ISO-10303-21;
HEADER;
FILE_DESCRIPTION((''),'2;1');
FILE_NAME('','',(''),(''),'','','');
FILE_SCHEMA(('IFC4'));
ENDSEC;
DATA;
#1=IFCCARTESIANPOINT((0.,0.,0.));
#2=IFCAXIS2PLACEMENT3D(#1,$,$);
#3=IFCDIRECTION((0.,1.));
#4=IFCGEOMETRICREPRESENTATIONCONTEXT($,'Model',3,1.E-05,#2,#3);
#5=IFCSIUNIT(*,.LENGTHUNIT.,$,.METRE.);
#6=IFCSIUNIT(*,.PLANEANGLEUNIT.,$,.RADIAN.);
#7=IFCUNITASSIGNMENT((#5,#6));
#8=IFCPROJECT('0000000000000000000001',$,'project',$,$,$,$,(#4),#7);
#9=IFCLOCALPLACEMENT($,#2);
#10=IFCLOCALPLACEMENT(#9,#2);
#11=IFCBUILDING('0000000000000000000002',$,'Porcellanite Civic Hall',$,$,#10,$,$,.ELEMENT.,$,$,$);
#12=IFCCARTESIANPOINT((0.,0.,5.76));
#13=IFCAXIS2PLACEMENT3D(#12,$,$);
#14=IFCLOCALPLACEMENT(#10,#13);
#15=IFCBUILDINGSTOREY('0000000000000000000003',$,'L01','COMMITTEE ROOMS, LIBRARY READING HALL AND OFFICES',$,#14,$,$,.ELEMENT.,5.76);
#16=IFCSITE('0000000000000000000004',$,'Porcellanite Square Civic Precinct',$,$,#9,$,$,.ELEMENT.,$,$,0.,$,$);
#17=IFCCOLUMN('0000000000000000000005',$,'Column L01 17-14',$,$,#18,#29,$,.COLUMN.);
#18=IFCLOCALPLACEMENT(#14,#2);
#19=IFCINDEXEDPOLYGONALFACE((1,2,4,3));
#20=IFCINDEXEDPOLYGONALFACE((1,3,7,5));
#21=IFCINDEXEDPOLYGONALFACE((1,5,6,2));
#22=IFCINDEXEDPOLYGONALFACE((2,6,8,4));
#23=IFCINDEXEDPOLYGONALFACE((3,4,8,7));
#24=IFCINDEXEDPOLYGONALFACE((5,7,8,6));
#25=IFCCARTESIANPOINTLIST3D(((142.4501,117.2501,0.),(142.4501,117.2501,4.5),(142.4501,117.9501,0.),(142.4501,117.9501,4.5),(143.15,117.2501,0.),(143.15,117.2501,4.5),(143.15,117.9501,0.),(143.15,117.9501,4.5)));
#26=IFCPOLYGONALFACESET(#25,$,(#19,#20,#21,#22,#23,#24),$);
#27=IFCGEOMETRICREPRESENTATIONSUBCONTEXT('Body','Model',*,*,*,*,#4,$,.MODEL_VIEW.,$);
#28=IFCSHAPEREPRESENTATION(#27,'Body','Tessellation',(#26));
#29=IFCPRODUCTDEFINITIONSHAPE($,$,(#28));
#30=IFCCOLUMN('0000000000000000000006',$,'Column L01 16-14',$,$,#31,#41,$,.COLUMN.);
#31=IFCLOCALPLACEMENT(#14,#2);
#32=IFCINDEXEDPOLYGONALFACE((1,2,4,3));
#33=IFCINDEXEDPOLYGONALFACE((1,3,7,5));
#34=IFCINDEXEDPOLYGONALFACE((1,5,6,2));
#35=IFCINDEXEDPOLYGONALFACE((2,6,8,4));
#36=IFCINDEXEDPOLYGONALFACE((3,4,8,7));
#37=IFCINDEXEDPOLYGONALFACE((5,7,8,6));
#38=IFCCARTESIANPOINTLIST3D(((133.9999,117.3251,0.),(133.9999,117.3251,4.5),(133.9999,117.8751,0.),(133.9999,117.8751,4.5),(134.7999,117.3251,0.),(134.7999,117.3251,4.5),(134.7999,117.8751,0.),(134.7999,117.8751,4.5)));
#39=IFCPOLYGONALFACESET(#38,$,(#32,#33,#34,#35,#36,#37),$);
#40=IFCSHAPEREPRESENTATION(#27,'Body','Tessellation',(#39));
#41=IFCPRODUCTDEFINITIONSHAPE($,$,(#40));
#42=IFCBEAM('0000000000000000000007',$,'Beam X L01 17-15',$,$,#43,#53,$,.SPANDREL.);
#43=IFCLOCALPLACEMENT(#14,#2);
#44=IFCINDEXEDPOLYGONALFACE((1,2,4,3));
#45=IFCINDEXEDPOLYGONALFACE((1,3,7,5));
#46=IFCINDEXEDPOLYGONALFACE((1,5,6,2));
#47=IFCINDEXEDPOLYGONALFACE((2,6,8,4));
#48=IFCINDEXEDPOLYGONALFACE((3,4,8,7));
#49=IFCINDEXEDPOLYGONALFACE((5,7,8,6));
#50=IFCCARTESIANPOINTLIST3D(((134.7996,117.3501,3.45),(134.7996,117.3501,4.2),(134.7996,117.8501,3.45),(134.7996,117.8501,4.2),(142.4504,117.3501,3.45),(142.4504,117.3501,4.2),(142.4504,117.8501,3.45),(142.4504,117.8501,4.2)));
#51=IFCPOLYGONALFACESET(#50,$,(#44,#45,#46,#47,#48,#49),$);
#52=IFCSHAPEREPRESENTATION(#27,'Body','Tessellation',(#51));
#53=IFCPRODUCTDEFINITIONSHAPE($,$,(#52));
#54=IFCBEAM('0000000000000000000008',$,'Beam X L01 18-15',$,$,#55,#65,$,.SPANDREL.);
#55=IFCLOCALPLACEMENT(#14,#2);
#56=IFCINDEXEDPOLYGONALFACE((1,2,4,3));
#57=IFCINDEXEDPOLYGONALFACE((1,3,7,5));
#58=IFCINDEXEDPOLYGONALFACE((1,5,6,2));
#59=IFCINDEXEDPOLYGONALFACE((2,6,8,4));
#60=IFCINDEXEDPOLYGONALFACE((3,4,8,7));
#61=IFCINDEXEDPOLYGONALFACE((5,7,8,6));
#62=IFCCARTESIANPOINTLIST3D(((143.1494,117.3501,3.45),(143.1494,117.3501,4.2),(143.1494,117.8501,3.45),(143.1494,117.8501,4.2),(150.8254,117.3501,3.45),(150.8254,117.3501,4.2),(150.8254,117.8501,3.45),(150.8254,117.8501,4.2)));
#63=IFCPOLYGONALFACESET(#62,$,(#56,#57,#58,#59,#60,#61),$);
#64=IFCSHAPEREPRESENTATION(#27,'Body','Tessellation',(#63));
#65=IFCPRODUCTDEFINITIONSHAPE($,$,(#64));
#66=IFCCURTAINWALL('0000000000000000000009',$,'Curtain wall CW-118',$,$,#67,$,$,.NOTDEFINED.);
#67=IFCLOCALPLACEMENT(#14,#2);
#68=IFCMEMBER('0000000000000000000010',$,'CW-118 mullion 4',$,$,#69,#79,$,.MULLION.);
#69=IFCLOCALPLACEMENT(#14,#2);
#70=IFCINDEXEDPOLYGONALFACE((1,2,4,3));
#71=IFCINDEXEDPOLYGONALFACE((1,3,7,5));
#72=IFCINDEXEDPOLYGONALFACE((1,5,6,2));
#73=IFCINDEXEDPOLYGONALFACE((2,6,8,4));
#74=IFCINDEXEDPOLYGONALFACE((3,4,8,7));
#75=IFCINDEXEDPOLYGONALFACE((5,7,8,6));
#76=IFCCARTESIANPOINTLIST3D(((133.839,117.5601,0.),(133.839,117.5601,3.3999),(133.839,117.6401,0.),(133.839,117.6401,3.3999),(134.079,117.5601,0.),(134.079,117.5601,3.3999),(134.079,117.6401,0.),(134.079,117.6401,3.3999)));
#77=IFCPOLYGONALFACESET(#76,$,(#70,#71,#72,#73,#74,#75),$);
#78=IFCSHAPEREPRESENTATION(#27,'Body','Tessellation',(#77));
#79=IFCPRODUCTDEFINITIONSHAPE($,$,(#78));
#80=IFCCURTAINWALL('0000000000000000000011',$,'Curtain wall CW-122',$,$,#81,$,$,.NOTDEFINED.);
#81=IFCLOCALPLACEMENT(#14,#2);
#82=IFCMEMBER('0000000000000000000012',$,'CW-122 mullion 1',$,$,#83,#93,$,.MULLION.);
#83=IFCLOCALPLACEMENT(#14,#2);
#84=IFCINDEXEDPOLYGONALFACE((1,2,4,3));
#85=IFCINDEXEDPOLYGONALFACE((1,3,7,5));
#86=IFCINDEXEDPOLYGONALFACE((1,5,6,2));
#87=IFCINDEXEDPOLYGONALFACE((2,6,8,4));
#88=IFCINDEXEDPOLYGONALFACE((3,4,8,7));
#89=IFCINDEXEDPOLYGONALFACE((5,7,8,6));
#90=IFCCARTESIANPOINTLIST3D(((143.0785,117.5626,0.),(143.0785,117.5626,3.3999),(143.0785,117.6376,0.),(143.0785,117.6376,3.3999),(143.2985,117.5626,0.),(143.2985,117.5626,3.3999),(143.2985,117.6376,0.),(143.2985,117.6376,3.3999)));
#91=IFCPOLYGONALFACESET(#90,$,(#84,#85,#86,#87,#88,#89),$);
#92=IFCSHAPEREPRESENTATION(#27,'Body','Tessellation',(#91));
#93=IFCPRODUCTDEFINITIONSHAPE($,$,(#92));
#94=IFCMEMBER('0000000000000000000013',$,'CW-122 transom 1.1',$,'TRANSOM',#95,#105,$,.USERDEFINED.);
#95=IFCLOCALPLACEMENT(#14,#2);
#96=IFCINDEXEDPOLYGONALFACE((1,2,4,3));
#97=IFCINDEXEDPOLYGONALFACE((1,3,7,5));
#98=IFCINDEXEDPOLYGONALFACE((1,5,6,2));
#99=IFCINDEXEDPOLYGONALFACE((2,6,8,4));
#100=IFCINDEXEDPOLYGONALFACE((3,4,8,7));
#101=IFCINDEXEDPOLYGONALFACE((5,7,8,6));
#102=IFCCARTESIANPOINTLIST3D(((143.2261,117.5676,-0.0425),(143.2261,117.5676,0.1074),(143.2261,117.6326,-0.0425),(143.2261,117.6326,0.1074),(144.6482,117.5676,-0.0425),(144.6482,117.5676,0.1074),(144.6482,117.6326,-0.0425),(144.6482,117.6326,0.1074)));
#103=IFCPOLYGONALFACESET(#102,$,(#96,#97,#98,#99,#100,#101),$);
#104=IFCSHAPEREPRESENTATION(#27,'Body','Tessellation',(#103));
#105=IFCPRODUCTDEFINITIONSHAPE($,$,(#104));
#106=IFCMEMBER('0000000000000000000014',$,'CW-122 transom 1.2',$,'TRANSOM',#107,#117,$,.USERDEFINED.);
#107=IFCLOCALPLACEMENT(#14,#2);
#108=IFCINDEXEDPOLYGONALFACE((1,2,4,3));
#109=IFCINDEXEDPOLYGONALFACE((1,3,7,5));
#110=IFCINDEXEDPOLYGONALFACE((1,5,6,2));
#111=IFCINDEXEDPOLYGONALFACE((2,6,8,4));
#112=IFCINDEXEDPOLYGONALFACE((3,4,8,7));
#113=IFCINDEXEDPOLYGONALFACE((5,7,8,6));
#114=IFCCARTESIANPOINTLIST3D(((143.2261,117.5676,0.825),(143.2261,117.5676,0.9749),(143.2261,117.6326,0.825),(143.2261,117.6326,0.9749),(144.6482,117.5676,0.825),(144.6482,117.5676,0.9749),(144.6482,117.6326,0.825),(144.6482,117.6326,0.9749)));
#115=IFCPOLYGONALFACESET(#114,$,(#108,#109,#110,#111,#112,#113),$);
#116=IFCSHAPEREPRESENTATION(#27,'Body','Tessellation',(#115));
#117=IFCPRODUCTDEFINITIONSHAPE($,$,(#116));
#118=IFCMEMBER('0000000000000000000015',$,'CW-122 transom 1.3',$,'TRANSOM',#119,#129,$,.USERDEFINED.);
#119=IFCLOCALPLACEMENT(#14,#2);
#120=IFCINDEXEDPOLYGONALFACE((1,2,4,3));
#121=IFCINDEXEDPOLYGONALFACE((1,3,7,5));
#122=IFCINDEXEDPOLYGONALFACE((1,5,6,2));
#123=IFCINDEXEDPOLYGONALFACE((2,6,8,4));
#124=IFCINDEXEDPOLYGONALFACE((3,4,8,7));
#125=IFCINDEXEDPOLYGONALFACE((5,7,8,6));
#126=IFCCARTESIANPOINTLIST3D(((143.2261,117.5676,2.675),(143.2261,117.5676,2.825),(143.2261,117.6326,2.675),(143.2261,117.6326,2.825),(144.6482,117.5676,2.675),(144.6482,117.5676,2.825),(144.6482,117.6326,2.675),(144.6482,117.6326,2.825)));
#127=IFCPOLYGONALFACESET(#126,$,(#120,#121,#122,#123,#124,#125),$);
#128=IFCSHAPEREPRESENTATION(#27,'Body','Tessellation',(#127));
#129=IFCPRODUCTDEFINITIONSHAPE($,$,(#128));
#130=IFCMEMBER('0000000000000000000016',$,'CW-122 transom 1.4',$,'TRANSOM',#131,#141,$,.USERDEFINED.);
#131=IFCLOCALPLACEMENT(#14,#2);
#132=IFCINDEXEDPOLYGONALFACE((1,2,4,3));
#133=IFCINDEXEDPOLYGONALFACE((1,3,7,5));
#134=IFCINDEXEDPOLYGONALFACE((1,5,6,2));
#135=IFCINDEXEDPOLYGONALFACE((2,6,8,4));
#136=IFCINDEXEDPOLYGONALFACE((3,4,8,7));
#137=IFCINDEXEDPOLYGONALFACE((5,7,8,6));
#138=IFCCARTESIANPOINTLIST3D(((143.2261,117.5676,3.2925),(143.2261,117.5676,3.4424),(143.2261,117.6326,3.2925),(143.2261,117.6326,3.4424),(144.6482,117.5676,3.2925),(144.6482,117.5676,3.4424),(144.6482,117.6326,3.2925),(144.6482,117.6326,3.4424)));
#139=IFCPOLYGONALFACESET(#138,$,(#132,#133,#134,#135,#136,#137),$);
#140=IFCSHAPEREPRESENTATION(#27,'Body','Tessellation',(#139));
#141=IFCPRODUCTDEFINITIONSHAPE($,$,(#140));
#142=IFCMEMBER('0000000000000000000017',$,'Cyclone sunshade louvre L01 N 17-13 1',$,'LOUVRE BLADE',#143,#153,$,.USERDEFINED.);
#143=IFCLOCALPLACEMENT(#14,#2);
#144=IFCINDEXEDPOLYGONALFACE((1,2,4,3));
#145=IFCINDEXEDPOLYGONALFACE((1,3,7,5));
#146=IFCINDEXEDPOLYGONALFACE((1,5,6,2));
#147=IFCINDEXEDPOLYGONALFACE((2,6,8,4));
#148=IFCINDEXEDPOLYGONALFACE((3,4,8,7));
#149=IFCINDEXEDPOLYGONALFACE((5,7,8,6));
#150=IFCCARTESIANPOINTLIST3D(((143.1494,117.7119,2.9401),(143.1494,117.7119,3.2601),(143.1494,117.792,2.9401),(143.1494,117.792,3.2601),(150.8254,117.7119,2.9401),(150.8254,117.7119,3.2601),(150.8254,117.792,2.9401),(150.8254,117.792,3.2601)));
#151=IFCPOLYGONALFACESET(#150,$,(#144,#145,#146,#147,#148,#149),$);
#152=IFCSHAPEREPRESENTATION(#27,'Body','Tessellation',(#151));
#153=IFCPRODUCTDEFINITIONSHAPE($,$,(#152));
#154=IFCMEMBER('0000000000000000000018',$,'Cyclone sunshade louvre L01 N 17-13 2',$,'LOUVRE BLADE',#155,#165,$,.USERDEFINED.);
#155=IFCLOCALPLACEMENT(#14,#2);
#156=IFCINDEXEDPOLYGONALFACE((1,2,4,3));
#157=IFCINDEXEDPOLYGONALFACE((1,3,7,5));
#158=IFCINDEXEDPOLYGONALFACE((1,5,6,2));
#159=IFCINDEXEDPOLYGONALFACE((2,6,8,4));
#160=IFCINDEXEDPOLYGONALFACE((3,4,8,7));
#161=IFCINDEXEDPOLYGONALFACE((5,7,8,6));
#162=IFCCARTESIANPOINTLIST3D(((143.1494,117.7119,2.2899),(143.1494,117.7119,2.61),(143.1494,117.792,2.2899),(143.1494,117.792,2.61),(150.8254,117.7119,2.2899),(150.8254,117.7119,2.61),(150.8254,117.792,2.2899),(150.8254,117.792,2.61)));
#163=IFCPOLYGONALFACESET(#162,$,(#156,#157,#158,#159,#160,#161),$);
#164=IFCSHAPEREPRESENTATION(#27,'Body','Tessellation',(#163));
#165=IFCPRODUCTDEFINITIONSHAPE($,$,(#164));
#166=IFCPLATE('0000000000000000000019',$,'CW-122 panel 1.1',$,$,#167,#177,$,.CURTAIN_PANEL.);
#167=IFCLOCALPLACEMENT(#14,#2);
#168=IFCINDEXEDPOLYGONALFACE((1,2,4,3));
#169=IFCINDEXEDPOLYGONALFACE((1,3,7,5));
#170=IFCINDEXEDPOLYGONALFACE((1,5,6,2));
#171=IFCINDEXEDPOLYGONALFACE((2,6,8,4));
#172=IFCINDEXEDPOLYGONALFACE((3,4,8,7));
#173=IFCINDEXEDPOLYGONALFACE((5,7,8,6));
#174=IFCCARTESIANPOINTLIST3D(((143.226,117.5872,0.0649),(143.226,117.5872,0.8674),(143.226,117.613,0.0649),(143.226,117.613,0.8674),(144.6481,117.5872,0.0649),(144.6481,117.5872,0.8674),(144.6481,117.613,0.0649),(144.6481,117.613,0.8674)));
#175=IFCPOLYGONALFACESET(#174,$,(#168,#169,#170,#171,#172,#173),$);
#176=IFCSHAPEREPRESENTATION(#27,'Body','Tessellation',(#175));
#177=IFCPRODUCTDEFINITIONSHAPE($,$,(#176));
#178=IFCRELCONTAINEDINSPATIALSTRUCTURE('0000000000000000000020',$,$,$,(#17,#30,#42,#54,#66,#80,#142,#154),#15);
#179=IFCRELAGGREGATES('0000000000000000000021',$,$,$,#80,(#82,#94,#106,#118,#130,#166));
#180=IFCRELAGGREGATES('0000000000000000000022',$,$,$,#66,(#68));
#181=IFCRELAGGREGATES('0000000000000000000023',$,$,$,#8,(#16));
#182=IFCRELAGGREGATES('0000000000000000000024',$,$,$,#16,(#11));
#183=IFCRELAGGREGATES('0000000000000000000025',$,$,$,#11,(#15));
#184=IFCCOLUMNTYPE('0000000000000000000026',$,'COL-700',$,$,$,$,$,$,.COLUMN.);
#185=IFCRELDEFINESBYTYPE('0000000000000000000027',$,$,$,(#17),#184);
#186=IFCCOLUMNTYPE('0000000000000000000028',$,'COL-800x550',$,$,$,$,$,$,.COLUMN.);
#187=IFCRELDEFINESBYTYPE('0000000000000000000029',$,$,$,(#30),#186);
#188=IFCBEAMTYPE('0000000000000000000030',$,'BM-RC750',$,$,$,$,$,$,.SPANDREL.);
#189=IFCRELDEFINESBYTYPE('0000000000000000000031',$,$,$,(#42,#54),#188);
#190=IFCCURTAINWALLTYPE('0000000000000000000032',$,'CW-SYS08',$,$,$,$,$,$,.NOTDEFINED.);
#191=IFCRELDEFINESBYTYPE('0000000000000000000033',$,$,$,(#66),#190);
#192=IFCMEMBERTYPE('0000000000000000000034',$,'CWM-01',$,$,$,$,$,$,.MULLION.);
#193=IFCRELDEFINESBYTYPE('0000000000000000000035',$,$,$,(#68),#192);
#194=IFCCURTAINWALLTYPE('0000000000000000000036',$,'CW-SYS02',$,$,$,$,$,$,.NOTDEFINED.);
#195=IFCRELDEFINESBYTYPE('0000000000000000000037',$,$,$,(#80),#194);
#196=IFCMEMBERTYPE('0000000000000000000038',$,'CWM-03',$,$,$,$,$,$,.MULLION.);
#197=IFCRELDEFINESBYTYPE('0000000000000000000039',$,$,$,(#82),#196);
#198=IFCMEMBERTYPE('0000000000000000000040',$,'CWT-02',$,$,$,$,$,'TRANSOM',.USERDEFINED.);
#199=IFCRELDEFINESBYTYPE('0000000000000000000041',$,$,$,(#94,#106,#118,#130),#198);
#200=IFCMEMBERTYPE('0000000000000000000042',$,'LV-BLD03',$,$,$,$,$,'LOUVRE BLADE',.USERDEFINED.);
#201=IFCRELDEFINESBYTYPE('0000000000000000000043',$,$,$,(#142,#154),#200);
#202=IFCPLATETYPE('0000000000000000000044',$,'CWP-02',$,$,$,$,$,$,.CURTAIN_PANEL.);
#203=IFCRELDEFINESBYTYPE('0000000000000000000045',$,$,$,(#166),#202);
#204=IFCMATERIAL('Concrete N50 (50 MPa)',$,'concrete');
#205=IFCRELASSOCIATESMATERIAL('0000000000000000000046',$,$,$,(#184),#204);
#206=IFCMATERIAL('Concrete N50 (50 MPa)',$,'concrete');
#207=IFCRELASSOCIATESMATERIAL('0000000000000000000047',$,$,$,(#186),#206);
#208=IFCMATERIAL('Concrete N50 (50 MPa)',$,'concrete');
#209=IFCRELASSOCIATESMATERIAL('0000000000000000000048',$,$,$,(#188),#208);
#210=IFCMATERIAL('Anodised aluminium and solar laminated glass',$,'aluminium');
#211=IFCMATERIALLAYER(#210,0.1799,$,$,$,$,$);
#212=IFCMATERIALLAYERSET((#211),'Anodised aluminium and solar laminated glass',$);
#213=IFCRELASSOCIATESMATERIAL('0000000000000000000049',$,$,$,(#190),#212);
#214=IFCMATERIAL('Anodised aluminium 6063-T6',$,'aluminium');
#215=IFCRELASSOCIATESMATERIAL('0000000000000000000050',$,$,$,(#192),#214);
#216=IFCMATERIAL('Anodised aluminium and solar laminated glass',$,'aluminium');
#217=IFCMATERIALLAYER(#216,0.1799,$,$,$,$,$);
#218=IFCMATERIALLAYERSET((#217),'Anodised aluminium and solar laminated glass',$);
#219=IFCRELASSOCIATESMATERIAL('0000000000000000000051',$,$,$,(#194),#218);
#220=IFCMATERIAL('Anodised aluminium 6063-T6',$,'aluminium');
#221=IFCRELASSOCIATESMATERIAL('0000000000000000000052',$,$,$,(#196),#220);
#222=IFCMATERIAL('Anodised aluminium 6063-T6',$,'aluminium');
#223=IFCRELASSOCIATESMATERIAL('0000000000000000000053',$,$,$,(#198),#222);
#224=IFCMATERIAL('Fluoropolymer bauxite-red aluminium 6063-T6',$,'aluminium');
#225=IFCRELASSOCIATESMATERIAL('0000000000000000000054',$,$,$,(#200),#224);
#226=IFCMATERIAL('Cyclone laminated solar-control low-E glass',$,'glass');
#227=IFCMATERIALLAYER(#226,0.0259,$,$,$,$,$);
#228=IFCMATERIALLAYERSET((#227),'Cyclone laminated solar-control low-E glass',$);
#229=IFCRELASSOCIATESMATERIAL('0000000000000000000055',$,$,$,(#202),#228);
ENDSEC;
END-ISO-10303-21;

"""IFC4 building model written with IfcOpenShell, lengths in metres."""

from ifc_helpers import new_model, si_unit, direction, frame, origin, origin_2d, place, context, subcontext, project, spatial, rectangle, extrude, material, layer, layer_set, material_profile, profile_set, type_object, element, aggregate, save


model = new_model("IFC4")

# Units and contexts
model_context = context("Model", 3, precision=1e-05, world=origin(), true_north=direction((0.0, 1.0)))
body_context = subcontext(model_context, "Body", "Model", "MODEL_VIEW")
ifc_project = project(units=[si_unit("LENGTHUNIT", "METRE"), si_unit("PLANEANGLEUNIT", "RADIAN")], contexts=[model_context])

# Site, building, storey
site_placement = place(None, origin())
site = spatial("IfcSite", under=ifc_project, at=site_placement, Name="Porcellanite Square Civic Precinct", CompositionType="ELEMENT", RefElevation=0.0)
building_placement = place(site_placement, origin())
building = spatial("IfcBuilding", under=site, at=building_placement, Name="Porcellanite Civic Hall", CompositionType="ELEMENT")
storey_placement = place(building_placement, frame((0.0, 0.0, 5.76)))
storey = spatial("IfcBuildingStorey", under=building, at=storey_placement, Name="L01", Description="COMMITTEE ROOMS, LIBRARY READING HALL AND OFFICES", CompositionType="ELEMENT", Elevation=5.76)

# Columns
ifc_material_1 = material(Name="Concrete N50 (50 MPa)", Category="concrete")
ifc_material_profile_1 = material_profile(ifc_material_1, rectangle(XDim=0.7, YDim=0.7, at=origin_2d()), Name="RC-700x700")
ifc_profile_set_1 = profile_set([ifc_material_profile_1], Name="Concrete N50 (50 MPa)")
column_type_1 = type_object("IfcColumnType", Name="COL-700", PredefinedType="COLUMN", material=ifc_profile_set_1)
column_1_placement = place(storey_placement, frame((142.8, 117.6001, 0.0), z_axis=(0.0, 0.0, 1.0), x_axis=(1.0, 0.0, 0.0)))
element("IfcColumn", 1, at=column_1_placement, inside=storey, type_object=column_type_1, Name="Column L01 17-14", PredefinedType="COLUMN", context=body_context, shape_type="SweptSolid", body=[
    extrude(rectangle(XDim=0.7, YDim=0.7, at=origin_2d()), origin(), (0.0, 0.0, 1.0), 4.5),
])
ifc_material_2 = material(Name="Concrete N50 (50 MPa)", Category="concrete")
ifc_material_profile_2 = material_profile(ifc_material_2, rectangle(XDim=0.8, YDim=0.55, at=origin_2d()), Name="RC-800x550")
ifc_profile_set_2 = profile_set([ifc_material_profile_2], Name="Concrete N50 (50 MPa)")
column_type_2 = type_object("IfcColumnType", Name="COL-800x550", PredefinedType="COLUMN", material=ifc_profile_set_2)
column_2_placement = place(storey_placement, frame((134.3999, 117.6001, 0.0), z_axis=(0.0, 0.0, 1.0), x_axis=(1.0, 0.0, 0.0)))
element("IfcColumn", 2, at=column_2_placement, inside=storey, type_object=column_type_2, Name="Column L01 16-14", PredefinedType="COLUMN", context=body_context, shape_type="SweptSolid", body=[
    extrude(rectangle(XDim=0.8, YDim=0.55, at=origin_2d()), origin(), (0.0, 0.0, 1.0), 4.5),
])

# Beams
ifc_material_3 = material(Name="Concrete N50 (50 MPa)", Category="concrete")
ifc_material_profile_3 = material_profile(ifc_material_3, rectangle(XDim=0.5, YDim=0.75, at=origin_2d()), Name="RC-500x750")
ifc_profile_set_3 = profile_set([ifc_material_profile_3], Name="Concrete N50 (50 MPa)")
beam_type = type_object("IfcBeamType", Name="BM-RC750", PredefinedType="SPANDREL", material=ifc_profile_set_3)
beam_1_placement = place(storey_placement, frame((134.7996, 117.6001, 3.825), z_axis=(1.0, 0.0, 0.0), x_axis=(0.0, 1.0, 0.0)))
element("IfcBeam", 3, at=beam_1_placement, inside=storey, type_object=beam_type, Name="Beam X L01 17-15", PredefinedType="SPANDREL", context=body_context, shape_type="SweptSolid", body=[
    extrude(rectangle(XDim=0.5, YDim=0.75, at=origin_2d()), origin(), (0.0, 0.0, 1.0), 7.6509),
])
beam_2_placement = place(storey_placement, frame((143.1494, 117.6001, 3.825), z_axis=(1.0, 0.0, 0.0), x_axis=(0.0, 1.0, 0.0)))
element("IfcBeam", 4, at=beam_2_placement, inside=storey, type_object=beam_type, Name="Beam X L01 18-15", PredefinedType="SPANDREL", context=body_context, shape_type="SweptSolid", body=[
    extrude(rectangle(XDim=0.5, YDim=0.75, at=origin_2d()), origin(), (0.0, 0.0, 1.0), 7.676),
])

# Curtain wall, member
ifc_material_4 = material(Name="Anodised aluminium and solar laminated glass", Category="aluminium")
ifc_layer_1 = layer(ifc_material_4, 0.1799)
ifc_layer_set_1 = layer_set([ifc_layer_1], Name="Anodised aluminium and solar laminated glass")
curtain_wall_type_1 = type_object("IfcCurtainWallType", Name="CW-SYS08", PredefinedType="NOTDEFINED", material=ifc_layer_set_1)
curtain_wall_1_placement = place(storey_placement, origin())
curtain_wall_1 = element("IfcCurtainWall", 5, at=curtain_wall_1_placement, inside=storey, type_object=curtain_wall_type_1, Name="Curtain wall CW-118", PredefinedType="NOTDEFINED")
ifc_material_5 = material(Name="Anodised aluminium 6063-T6", Category="aluminium")
ifc_material_profile_4 = material_profile(ifc_material_5, rectangle(XDim=0.0801, YDim=0.24, at=origin_2d()), Name="AL-80x240")
ifc_profile_set_4 = profile_set([ifc_material_profile_4], Name="Anodised aluminium 6063-T6")
member_type_1 = type_object("IfcMemberType", Name="CWM-01", PredefinedType="MULLION", material=ifc_profile_set_4)
member_1_placement = place(storey_placement, frame((133.959, 117.6001, 0.0), z_axis=(0.0, 0.0, 1.0), x_axis=(0.0, 1.0, 0.0)))
member_1 = element("IfcMember", 6, at=member_1_placement, type_object=member_type_1, Name="CW-118 mullion 4", PredefinedType="MULLION", context=body_context, shape_type="SweptSolid", body=[
    extrude(rectangle(XDim=0.0801, YDim=0.24, at=origin_2d()), origin(), (0.0, 0.0, 1.0), 3.3999),
])

# Curtain wall, members
ifc_material_6 = material(Name="Anodised aluminium and solar laminated glass", Category="aluminium")
ifc_layer_2 = layer(ifc_material_6, 0.1799)
ifc_layer_set_2 = layer_set([ifc_layer_2], Name="Anodised aluminium and solar laminated glass")
curtain_wall_type_2 = type_object("IfcCurtainWallType", Name="CW-SYS02", PredefinedType="NOTDEFINED", material=ifc_layer_set_2)
curtain_wall_2_placement = place(storey_placement, origin())
curtain_wall_2 = element("IfcCurtainWall", 7, at=curtain_wall_2_placement, inside=storey, type_object=curtain_wall_type_2, Name="Curtain wall CW-122", PredefinedType="NOTDEFINED")
ifc_material_7 = material(Name="Anodised aluminium 6063-T6", Category="aluminium")
ifc_material_profile_5 = material_profile(ifc_material_7, rectangle(XDim=0.075, YDim=0.22, at=origin_2d()), Name="AL-75x220")
ifc_profile_set_5 = profile_set([ifc_material_profile_5], Name="Anodised aluminium 6063-T6")
member_type_2 = type_object("IfcMemberType", Name="CWM-03", PredefinedType="MULLION", material=ifc_profile_set_5)
member_2_placement = place(storey_placement, frame((143.1885, 117.6001, 0.0), z_axis=(0.0, 0.0, 1.0), x_axis=(0.0, 1.0, 0.0)))
member_2 = element("IfcMember", 8, at=member_2_placement, type_object=member_type_2, Name="CW-122 mullion 1", PredefinedType="MULLION", context=body_context, shape_type="SweptSolid", body=[
    extrude(rectangle(XDim=0.075, YDim=0.22, at=origin_2d()), origin(), (0.0, 0.0, 1.0), 3.3999),
])
ifc_material_8 = material(Name="Anodised aluminium 6063-T6", Category="aluminium")
ifc_material_profile_6 = material_profile(ifc_material_8, rectangle(XDim=0.0649, YDim=0.1499, at=origin_2d()), Name="AL-65x150")
ifc_profile_set_6 = profile_set([ifc_material_profile_6], Name="Anodised aluminium 6063-T6")
member_type_3 = type_object("IfcMemberType", Name="CWT-02", ElementType="TRANSOM", PredefinedType="USERDEFINED", material=ifc_profile_set_6)
member_3_placement = place(storey_placement, frame((143.2261, 117.6001, 0.0325), z_axis=(1.0, 0.0, 0.0), x_axis=(0.0, 1.0, 0.0)))
member_3 = element("IfcMember", 9, at=member_3_placement, type_object=member_type_3, Name="CW-122 transom 1.1", ObjectType="TRANSOM", PredefinedType="USERDEFINED", context=body_context, shape_type="SweptSolid", body=[
    extrude(rectangle(XDim=0.0649, YDim=0.1499, at=origin_2d()), origin(), (0.0, 0.0, 1.0), 1.4221),
])
member_4_placement = place(storey_placement, frame((143.2261, 117.6001, 0.8999), z_axis=(1.0, 0.0, 0.0), x_axis=(0.0, 1.0, 0.0)))
member_4 = element("IfcMember", 10, at=member_4_placement, type_object=member_type_3, Name="CW-122 transom 1.2", ObjectType="TRANSOM", PredefinedType="USERDEFINED", context=body_context, shape_type="SweptSolid", body=[
    extrude(rectangle(XDim=0.0649, YDim=0.1499, at=origin_2d()), origin(), (0.0, 0.0, 1.0), 1.4221),
])
member_5_placement = place(storey_placement, frame((143.2261, 117.6001, 2.75), z_axis=(1.0, 0.0, 0.0), x_axis=(0.0, 1.0, 0.0)))
member_5 = element("IfcMember", 11, at=member_5_placement, type_object=member_type_3, Name="CW-122 transom 1.3", ObjectType="TRANSOM", PredefinedType="USERDEFINED", context=body_context, shape_type="SweptSolid", body=[
    extrude(rectangle(XDim=0.0649, YDim=0.1499, at=origin_2d()), origin(), (0.0, 0.0, 1.0), 1.4221),
])
member_6_placement = place(storey_placement, frame((143.2261, 117.6001, 3.3674), z_axis=(1.0, 0.0, 0.0), x_axis=(0.0, 1.0, 0.0)))
member_6 = element("IfcMember", 12, at=member_6_placement, type_object=member_type_3, Name="CW-122 transom 1.4", ObjectType="TRANSOM", PredefinedType="USERDEFINED", context=body_context, shape_type="SweptSolid", body=[
    extrude(rectangle(XDim=0.0649, YDim=0.1499, at=origin_2d()), origin(), (0.0, 0.0, 1.0), 1.4221),
])

# Members
ifc_material_9 = material(Name="Fluoropolymer bauxite-red aluminium 6063-T6", Category="aluminium")
ifc_material_profile_7 = material_profile(ifc_material_9, rectangle(XDim=0.0801, YDim=0.3201, at=origin_2d()), Name="AL-80x320")
ifc_profile_set_7 = profile_set([ifc_material_profile_7], Name="Fluoropolymer bauxite-red aluminium 6063-T6")
member_type_4 = type_object("IfcMemberType", Name="LV-BLD03", ElementType="LOUVRE BLADE", PredefinedType="USERDEFINED", material=ifc_profile_set_7)
for number, where, z_axis, x_axis, name in (
    (13, (143.1494, 117.752, 3.1001), (1.0, 0.0, 0.0), (0.0, 1.0, 0.0), "Cyclone sunshade louvre L01 N 17-13 1"),
    (14, (143.1494, 117.752, 2.45), (1.0, 0.0, 0.0), (0.0, 1.0, 0.0), "Cyclone sunshade louvre L01 N 17-13 2"),
):
    element("IfcMember", number, at=place(storey_placement, frame(where, z_axis=z_axis, x_axis=x_axis)), inside=storey, type_object=member_type_4, Name=name, ObjectType="LOUVRE BLADE", PredefinedType="USERDEFINED", context=body_context, shape_type="SweptSolid", body=[
        extrude(rectangle(XDim=0.0801, YDim=0.3201, at=origin_2d()), origin(), (0.0, 0.0, 1.0), 7.676),
    ])

# Plate
ifc_material_10 = material(Name="Cyclone laminated solar-control low-E glass", Category="glass")
ifc_layer_3 = layer(ifc_material_10, 0.0259)
ifc_layer_set_3 = layer_set([ifc_layer_3], Name="Cyclone laminated solar-control low-E glass")
plate_type_1 = type_object("IfcPlateType", Name="CWP-02", PredefinedType="CURTAIN_PANEL", material=ifc_layer_set_3)
plate_1_placement = place(storey_placement, frame((143.937, 117.6001, 0.0649), z_axis=(0.0, 0.0, 1.0), x_axis=(1.0, 0.0, 0.0)))
plate_1 = element("IfcPlate", 15, at=plate_1_placement, type_object=plate_type_1, Name="CW-122 panel 1.1", PredefinedType="CURTAIN_PANEL", context=body_context, shape_type="SweptSolid", body=[
    extrude(rectangle(XDim=1.4221, YDim=0.0259, at=origin_2d()), origin(), (0.0, 0.0, 1.0), 0.8025),
])
aggregate(curtain_wall_2, [member_2, member_3, member_4, member_5, member_6, plate_1])
aggregate(curtain_wall_1, [member_1])

save(model, "model.ifc")
